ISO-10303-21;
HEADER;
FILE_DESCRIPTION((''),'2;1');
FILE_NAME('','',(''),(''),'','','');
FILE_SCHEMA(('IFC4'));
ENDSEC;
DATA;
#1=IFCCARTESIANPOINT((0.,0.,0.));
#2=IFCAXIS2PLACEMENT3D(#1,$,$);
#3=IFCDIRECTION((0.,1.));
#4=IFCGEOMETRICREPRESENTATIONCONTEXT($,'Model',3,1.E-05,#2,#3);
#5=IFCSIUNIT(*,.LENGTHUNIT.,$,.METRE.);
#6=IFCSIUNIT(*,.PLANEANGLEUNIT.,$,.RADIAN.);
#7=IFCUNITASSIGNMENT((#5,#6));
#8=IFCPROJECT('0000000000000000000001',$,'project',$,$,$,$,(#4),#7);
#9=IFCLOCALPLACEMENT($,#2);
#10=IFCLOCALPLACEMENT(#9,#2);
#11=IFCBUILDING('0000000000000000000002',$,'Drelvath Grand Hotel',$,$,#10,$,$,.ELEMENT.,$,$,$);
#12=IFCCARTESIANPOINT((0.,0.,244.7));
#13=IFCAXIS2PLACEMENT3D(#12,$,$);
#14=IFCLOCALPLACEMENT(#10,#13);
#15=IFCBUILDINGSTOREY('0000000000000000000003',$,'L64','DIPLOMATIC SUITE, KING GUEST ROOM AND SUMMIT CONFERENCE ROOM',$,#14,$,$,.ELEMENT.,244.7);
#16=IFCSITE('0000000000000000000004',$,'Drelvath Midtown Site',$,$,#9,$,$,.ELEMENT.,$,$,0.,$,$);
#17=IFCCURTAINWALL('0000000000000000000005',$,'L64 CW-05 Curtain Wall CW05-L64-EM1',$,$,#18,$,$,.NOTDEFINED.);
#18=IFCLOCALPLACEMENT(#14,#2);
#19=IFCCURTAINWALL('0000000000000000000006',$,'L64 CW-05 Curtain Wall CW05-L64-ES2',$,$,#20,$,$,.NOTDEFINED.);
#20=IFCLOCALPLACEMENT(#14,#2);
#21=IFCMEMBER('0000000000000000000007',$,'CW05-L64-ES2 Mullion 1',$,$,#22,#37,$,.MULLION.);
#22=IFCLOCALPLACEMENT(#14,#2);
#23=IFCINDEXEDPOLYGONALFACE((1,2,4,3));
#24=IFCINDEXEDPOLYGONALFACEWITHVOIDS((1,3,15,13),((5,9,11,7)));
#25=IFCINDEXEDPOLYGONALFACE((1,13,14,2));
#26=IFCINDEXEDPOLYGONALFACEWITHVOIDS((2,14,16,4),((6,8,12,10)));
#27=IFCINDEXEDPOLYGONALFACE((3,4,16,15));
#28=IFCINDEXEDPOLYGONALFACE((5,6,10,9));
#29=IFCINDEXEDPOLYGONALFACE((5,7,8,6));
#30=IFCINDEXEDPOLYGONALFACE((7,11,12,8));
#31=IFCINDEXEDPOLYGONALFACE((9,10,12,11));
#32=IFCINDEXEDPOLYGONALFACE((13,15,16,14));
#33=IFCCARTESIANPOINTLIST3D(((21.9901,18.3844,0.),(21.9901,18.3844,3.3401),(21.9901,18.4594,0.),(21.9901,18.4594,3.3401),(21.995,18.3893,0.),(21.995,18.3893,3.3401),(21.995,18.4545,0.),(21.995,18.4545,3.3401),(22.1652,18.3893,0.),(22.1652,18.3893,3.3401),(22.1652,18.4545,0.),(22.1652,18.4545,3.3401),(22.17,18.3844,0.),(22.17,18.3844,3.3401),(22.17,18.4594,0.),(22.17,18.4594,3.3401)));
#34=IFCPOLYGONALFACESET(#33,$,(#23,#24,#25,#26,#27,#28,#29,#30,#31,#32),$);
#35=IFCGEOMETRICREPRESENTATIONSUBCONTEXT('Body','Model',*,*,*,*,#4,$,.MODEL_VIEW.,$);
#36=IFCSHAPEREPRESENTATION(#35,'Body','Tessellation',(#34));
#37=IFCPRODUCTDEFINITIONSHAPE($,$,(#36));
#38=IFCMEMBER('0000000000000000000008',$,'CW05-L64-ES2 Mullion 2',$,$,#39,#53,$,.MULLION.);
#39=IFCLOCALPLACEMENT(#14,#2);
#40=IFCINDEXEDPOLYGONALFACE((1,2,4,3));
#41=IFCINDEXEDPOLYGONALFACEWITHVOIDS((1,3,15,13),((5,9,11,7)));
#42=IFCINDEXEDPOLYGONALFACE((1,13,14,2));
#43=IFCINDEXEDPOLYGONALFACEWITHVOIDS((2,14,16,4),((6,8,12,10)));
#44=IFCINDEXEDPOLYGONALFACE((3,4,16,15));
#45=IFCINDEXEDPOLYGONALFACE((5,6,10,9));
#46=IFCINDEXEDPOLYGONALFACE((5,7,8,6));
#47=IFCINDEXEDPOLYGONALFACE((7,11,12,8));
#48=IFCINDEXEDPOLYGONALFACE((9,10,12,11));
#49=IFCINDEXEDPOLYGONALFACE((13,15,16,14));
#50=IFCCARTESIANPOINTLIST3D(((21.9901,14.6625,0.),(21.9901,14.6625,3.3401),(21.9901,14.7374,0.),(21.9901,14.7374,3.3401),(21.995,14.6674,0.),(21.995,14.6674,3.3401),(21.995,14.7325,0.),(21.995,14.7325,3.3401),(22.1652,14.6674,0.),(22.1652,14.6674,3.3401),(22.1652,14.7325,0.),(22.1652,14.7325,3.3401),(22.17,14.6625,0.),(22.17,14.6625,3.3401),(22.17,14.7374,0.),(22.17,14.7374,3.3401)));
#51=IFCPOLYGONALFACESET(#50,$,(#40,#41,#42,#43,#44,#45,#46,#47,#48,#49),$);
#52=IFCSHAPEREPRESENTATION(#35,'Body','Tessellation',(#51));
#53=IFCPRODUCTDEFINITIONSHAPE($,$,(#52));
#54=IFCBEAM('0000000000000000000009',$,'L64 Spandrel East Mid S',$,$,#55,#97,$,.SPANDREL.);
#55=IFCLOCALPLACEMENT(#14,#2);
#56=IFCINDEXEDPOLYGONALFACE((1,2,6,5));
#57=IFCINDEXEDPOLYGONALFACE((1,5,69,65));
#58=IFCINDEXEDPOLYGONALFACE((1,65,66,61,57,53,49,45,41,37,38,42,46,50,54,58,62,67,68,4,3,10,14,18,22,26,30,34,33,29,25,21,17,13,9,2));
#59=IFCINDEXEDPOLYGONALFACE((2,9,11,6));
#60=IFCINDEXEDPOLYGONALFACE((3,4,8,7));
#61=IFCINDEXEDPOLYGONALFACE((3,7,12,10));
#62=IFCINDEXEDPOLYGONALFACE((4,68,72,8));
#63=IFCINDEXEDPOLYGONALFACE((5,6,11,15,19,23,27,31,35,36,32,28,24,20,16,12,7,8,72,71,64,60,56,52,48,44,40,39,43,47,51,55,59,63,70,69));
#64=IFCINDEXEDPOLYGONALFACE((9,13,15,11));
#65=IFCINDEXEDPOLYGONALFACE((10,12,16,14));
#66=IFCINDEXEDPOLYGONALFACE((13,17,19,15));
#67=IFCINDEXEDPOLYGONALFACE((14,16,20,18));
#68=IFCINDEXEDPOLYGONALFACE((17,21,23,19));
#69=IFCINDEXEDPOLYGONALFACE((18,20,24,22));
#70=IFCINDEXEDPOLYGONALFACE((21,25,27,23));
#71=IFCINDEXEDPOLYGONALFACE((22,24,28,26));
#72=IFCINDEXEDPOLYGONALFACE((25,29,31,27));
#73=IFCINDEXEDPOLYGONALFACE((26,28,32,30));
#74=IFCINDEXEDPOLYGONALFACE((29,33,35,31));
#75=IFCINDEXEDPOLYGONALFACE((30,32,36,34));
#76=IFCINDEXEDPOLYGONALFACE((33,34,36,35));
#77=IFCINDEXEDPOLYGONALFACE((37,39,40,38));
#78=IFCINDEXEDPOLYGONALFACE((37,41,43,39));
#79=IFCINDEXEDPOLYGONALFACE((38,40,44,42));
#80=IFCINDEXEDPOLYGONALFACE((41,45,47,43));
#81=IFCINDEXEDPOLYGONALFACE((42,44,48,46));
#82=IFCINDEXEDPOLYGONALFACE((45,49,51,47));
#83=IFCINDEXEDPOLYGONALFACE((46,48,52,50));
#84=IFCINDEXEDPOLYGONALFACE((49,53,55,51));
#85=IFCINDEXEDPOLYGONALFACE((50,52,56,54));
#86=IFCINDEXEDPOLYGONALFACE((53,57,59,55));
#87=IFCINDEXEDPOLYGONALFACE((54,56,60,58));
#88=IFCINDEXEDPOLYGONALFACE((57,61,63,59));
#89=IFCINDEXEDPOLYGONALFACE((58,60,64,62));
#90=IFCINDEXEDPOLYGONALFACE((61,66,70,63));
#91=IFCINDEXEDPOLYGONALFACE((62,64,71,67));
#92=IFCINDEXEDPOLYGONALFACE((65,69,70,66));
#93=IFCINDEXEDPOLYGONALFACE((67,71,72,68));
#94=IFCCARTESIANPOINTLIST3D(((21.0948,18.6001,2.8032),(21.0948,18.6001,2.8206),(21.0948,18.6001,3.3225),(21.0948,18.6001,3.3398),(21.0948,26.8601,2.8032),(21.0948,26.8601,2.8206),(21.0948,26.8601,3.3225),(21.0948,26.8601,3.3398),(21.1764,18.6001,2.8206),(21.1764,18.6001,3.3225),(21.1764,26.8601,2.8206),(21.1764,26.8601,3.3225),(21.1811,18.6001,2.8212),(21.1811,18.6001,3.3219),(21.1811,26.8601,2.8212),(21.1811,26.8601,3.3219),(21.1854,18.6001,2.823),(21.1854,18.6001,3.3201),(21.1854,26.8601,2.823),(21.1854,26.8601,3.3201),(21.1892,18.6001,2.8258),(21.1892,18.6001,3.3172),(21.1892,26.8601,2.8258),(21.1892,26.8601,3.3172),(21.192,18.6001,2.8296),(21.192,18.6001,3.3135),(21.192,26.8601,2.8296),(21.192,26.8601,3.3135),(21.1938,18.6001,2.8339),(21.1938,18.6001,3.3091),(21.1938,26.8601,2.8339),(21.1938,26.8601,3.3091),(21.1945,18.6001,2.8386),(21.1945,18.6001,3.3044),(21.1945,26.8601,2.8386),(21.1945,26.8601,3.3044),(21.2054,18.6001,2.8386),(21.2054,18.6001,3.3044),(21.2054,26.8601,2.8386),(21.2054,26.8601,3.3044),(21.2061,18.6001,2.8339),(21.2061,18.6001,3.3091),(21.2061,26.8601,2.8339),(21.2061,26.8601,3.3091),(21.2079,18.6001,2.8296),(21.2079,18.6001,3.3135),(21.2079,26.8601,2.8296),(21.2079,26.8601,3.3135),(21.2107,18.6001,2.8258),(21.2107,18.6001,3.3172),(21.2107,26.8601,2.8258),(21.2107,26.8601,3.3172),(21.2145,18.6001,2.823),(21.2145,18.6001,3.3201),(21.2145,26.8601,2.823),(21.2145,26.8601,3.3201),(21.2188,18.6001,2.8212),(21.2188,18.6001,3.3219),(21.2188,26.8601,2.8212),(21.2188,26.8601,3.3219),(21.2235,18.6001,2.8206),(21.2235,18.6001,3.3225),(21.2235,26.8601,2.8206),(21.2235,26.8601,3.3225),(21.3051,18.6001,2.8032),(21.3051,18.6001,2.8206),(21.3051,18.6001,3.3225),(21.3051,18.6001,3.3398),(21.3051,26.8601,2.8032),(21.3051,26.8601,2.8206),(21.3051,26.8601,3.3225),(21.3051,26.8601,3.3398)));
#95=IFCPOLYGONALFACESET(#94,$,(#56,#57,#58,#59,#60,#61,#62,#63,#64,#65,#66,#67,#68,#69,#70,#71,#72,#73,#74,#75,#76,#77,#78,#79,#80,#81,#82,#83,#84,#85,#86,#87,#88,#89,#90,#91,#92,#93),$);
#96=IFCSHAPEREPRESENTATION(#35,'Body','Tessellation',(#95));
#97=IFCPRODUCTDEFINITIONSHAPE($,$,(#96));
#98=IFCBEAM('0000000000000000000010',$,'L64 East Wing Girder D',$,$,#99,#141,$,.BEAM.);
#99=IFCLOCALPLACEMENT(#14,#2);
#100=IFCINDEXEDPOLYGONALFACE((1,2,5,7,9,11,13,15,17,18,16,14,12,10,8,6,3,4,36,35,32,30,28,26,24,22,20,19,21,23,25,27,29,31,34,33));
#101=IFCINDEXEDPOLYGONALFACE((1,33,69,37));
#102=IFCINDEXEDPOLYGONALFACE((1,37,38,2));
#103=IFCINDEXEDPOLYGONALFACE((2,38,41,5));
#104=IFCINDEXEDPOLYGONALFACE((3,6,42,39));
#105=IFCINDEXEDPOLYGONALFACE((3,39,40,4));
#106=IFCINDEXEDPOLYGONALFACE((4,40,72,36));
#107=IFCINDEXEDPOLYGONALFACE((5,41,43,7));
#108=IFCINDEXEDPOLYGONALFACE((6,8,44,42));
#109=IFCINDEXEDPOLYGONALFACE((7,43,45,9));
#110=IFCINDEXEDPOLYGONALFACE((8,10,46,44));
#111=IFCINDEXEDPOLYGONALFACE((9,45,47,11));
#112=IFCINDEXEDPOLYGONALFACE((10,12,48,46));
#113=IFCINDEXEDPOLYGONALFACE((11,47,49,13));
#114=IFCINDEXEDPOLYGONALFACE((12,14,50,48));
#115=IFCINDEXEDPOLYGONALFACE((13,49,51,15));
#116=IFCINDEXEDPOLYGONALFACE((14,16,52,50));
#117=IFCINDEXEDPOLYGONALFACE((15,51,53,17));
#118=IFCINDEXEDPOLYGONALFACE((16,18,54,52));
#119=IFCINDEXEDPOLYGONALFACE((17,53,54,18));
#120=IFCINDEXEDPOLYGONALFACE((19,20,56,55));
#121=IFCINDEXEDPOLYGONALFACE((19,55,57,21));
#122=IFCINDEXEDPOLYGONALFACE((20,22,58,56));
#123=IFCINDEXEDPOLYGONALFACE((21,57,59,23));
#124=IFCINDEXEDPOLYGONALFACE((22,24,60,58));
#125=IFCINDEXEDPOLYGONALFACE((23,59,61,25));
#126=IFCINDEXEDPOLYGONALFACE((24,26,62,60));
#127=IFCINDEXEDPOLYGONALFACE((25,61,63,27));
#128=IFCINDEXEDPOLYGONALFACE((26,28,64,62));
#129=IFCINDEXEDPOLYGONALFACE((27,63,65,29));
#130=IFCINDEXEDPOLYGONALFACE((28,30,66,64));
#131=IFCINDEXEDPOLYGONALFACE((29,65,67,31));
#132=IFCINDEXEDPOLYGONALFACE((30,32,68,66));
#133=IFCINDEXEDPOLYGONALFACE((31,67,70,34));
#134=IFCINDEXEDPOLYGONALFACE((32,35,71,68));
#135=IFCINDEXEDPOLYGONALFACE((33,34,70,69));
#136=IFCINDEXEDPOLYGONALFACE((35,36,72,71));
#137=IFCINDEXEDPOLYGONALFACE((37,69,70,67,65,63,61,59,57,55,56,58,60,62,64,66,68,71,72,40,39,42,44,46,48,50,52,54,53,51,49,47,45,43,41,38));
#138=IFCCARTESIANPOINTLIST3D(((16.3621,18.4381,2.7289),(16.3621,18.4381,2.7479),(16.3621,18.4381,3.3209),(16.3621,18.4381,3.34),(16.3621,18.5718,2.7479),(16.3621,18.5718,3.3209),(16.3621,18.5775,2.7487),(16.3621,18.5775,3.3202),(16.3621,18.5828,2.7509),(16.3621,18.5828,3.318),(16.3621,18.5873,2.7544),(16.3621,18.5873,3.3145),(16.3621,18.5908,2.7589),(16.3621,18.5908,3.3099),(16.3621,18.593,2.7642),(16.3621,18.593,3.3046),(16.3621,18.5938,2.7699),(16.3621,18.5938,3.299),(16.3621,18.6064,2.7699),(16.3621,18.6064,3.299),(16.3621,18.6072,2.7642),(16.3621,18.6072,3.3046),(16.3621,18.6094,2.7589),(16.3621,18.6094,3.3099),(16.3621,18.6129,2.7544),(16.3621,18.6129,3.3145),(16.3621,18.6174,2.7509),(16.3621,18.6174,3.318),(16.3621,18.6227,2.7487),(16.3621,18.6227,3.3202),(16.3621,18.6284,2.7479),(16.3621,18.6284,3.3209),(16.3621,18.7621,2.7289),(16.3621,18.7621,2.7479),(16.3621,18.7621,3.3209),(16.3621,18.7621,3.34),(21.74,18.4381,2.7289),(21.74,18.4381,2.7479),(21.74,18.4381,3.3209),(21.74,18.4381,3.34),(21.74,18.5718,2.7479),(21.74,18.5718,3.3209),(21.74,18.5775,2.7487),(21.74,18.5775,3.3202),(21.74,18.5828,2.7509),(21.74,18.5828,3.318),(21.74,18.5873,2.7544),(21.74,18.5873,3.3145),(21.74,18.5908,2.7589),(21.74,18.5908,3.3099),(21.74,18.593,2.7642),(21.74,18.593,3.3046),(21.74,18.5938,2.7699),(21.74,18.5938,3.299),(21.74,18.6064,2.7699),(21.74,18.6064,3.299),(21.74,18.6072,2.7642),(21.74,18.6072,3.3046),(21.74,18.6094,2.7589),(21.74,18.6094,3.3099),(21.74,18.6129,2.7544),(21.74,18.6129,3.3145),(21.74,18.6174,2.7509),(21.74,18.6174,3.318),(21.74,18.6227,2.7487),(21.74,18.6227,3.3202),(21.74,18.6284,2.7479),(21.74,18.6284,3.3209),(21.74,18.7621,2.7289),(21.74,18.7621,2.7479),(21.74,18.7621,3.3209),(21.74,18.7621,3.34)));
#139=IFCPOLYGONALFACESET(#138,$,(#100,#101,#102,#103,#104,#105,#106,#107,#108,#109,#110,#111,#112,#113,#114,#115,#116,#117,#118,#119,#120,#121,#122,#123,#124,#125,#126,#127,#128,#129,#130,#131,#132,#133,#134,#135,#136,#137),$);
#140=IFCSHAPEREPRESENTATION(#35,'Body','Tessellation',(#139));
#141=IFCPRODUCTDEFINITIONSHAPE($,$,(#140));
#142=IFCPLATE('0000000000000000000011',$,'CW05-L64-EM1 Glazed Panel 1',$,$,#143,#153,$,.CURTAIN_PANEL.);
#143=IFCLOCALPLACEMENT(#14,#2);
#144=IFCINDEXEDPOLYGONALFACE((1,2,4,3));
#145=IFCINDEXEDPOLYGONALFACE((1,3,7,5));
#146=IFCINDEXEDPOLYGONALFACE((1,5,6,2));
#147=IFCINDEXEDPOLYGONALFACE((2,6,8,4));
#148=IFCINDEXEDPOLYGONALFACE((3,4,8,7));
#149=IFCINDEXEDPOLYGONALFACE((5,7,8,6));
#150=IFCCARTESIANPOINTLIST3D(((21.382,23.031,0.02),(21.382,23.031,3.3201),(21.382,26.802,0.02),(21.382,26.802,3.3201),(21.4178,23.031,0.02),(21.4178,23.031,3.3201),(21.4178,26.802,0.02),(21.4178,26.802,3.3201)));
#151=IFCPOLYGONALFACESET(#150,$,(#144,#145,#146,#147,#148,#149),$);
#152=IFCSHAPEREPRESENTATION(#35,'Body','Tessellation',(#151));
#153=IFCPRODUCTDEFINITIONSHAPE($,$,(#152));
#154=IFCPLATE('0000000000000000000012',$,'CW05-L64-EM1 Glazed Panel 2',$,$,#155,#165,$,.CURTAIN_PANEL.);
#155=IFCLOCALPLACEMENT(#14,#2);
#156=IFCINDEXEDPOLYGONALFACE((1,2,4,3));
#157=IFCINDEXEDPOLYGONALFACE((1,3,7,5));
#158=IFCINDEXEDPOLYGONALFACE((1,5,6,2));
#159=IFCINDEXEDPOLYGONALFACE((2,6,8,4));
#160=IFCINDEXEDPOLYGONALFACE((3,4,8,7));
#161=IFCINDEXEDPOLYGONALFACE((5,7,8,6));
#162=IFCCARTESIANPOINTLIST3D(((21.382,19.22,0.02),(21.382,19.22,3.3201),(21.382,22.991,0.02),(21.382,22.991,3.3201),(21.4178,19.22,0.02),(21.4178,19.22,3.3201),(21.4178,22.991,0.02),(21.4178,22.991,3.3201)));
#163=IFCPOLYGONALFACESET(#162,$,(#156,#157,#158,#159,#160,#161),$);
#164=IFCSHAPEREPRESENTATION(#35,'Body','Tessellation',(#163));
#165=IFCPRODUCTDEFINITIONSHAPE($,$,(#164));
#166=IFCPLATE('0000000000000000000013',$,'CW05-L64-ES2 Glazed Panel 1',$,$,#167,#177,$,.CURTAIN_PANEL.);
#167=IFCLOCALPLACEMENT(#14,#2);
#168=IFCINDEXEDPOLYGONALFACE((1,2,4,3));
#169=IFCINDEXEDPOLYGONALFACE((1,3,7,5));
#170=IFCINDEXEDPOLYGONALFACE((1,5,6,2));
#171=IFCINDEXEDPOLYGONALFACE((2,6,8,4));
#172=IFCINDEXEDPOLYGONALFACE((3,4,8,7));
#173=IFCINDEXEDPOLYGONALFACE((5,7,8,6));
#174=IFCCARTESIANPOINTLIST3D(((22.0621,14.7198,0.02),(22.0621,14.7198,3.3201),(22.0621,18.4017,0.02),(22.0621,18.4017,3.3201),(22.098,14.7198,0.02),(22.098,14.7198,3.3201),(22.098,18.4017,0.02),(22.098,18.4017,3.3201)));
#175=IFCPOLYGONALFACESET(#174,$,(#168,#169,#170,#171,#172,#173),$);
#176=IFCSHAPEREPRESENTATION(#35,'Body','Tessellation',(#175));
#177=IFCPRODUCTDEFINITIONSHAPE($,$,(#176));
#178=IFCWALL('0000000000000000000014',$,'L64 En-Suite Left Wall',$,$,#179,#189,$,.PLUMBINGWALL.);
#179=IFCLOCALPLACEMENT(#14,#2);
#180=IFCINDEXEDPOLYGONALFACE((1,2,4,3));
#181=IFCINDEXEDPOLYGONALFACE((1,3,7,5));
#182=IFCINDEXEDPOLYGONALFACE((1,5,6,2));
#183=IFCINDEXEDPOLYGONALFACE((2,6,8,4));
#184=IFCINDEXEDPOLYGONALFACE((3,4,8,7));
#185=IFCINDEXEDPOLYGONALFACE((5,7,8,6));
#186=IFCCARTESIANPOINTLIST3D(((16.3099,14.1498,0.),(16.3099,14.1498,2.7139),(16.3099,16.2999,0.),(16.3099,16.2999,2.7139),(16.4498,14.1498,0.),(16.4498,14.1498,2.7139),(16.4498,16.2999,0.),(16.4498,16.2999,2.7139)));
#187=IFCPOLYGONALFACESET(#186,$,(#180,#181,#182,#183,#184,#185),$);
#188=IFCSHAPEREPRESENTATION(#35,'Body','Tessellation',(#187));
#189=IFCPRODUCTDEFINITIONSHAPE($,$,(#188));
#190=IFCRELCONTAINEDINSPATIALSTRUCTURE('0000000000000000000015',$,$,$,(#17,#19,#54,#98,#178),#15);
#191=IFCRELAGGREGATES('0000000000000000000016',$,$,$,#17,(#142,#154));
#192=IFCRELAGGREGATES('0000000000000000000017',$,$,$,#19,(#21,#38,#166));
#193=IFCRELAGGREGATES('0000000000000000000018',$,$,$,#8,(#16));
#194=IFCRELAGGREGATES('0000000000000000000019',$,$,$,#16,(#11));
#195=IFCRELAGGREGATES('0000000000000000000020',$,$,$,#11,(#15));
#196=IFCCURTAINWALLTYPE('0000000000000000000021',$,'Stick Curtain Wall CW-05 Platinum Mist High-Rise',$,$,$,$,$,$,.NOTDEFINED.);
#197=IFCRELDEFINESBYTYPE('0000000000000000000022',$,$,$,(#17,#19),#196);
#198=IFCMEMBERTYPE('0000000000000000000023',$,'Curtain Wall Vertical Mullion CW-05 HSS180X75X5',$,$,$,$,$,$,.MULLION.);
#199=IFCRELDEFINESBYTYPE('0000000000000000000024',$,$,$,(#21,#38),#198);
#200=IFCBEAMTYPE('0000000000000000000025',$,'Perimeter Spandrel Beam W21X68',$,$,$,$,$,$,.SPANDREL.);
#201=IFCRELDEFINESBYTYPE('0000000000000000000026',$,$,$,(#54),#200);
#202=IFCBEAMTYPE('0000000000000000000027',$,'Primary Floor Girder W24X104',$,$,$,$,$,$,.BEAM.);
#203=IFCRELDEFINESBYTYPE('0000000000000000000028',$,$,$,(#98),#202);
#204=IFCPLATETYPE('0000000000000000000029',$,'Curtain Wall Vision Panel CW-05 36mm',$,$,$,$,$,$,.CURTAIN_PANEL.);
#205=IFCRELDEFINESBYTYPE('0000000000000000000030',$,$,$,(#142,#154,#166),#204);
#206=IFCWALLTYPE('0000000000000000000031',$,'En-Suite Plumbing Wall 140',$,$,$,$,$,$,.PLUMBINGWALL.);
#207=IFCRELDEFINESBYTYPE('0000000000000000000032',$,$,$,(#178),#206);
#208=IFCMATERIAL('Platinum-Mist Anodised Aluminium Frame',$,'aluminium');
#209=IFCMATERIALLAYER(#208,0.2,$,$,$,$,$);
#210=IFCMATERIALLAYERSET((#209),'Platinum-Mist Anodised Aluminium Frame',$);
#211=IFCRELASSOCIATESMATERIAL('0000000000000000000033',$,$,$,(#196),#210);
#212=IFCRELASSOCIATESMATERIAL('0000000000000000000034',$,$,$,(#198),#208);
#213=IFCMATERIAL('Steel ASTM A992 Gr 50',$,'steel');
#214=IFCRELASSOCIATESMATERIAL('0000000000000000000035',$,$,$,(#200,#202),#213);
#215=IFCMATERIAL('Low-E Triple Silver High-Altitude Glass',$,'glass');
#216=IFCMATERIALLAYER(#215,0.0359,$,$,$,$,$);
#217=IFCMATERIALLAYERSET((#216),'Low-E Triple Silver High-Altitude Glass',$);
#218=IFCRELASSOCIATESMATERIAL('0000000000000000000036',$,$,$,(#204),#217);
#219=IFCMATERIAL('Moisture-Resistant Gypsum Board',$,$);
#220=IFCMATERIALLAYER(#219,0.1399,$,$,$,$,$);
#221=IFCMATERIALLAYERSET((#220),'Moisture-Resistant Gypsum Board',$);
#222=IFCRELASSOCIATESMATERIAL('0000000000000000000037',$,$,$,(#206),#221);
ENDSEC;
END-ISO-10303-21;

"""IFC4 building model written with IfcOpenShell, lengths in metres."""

from ifc_helpers import new_model, si_unit, direction, frame, frame_2d, origin, origin_2d, place, context, subcontext, project, spatial, rectangle, hollow_rectangle, i_section, extrude, material, layer, layer_set, material_profile, profile_set, type_object, element, aggregate, save


model = new_model("IFC4")

# Units and contexts
model_context = context("Model", 3, precision=1e-05, world=origin(), true_north=direction((0.0, 1.0)))
body_context = subcontext(model_context, "Body", "Model", "MODEL_VIEW")
ifc_project = project(units=[si_unit("LENGTHUNIT", "METRE"), si_unit("PLANEANGLEUNIT", "RADIAN")], contexts=[model_context])

# Site, building, storey
site_placement = place(None, origin())
site = spatial("IfcSite", under=ifc_project, at=site_placement, Name="Drelvath Midtown Site", CompositionType="ELEMENT", RefElevation=0.0)
building_placement = place(site_placement, origin())
building = spatial("IfcBuilding", under=site, at=building_placement, Name="Drelvath Grand Hotel", CompositionType="ELEMENT")
storey_placement = place(building_placement, frame((0.0, 0.0, 244.7)))
storey = spatial("IfcBuildingStorey", under=building, at=storey_placement, Name="L64", Description="DIPLOMATIC SUITE, KING GUEST ROOM AND SUMMIT CONFERENCE ROOM", CompositionType="ELEMENT", Elevation=244.7)

# Curtain walls
ifc_material_1 = material(Name="Platinum-Mist Anodised Aluminium Frame", Category="aluminium")
ifc_layer_1 = layer(ifc_material_1, 0.2)
ifc_layer_set_1 = layer_set([ifc_layer_1], Name="Platinum-Mist Anodised Aluminium Frame")
curtain_wall_type = type_object("IfcCurtainWallType", Name="Stick Curtain Wall CW-05 Platinum Mist High-Rise", PredefinedType="NOTDEFINED", material=ifc_layer_set_1)
curtain_wall_1_placement = place(storey_placement, origin())
curtain_wall_1 = element("IfcCurtainWall", 1, at=curtain_wall_1_placement, inside=storey, type_object=curtain_wall_type, Name="L64 CW-05 Curtain Wall CW05-L64-EM1", PredefinedType="NOTDEFINED")
curtain_wall_2_placement = place(storey_placement, origin())
curtain_wall_2 = element("IfcCurtainWall", 2, at=curtain_wall_2_placement, inside=storey, type_object=curtain_wall_type, Name="L64 CW-05 Curtain Wall CW05-L64-ES2", PredefinedType="NOTDEFINED")

# Members
ifc_material_profile_1 = material_profile(ifc_material_1, hollow_rectangle(XDim=0.075, YDim=0.1799, WallThickness=0.0049, at=origin_2d()), Name="HSS180X75X5")
ifc_profile_set_1 = profile_set([ifc_material_profile_1], Name="Platinum-Mist Anodised Aluminium Frame")
member_type_1 = type_object("IfcMemberType", Name="Curtain Wall Vertical Mullion CW-05 HSS180X75X5", PredefinedType="MULLION", material=ifc_profile_set_1)
member_1_placement = place(storey_placement, frame((22.0801, 18.4219, 0.0), z_axis=(0.0, 0.0, 1.0), x_axis=(0.0, 1.0, 0.0)))
member_1 = element("IfcMember", 3, at=member_1_placement, type_object=member_type_1, Name="CW05-L64-ES2 Mullion 1", PredefinedType="MULLION", context=body_context, shape_type="SweptSolid", body=[
    extrude(hollow_rectangle(XDim=0.075, YDim=0.1799, WallThickness=0.0049, at=origin_2d()), origin(), (0.0, 0.0, 1.0), 3.3401),
])
member_2_placement = place(storey_placement, frame((22.0801, 14.7, 0.0), z_axis=(0.0, 0.0, 1.0), x_axis=(0.0, 1.0, 0.0)))
member_2 = element("IfcMember", 4, at=member_2_placement, type_object=member_type_1, Name="CW05-L64-ES2 Mullion 2", PredefinedType="MULLION", context=body_context, shape_type="SweptSolid", body=[
    extrude(hollow_rectangle(XDim=0.075, YDim=0.1799, WallThickness=0.0049, at=origin_2d()), origin(), (0.0, 0.0, 1.0), 3.3401),
])

# Beams
ifc_material_2 = material(Name="Steel ASTM A992 Gr 50", Category="steel")
ifc_material_profile_2 = material_profile(ifc_material_2, i_section(OverallWidth=0.2102, OverallDepth=0.5366, WebThickness=0.011, FlangeThickness=0.0173, FilletRadius=0.0181, at=origin_2d()), Name="W21X68")
ifc_profile_set_2 = profile_set([ifc_material_profile_2], Name="Steel ASTM A992 Gr 50")
beam_type_1 = type_object("IfcBeamType", Name="Perimeter Spandrel Beam W21X68", PredefinedType="SPANDREL", material=ifc_profile_set_2)
beam_1_placement = place(storey_placement, frame((21.2, 18.6001, 3.0715), z_axis=(0.0, 1.0, 0.0), x_axis=(-1.0, 0.0, 0.0)))
element("IfcBeam", 5, at=beam_1_placement, inside=storey, type_object=beam_type_1, Name="L64 Spandrel East Mid S", PredefinedType="SPANDREL", context=body_context, shape_type="SweptSolid", body=[
    extrude(i_section(OverallWidth=0.2102, OverallDepth=0.5366, WebThickness=0.011, FlangeThickness=0.0173, FilletRadius=0.0181, at=origin_2d()), origin(), (0.0, 0.0, 1.0), 8.26),
])
ifc_material_profile_3 = material_profile(ifc_material_2, i_section(OverallWidth=0.324, OverallDepth=0.6111, WebThickness=0.0127, FlangeThickness=0.019, FilletRadius=0.022, at=origin_2d()), Name="W24X104")
ifc_profile_set_3 = profile_set([ifc_material_profile_3], Name="Steel ASTM A992 Gr 50")
beam_type_2 = type_object("IfcBeamType", Name="Primary Floor Girder W24X104", PredefinedType="BEAM", material=ifc_profile_set_3)
beam_2_placement = place(storey_placement, frame((16.3621, 18.6001, 3.0344), z_axis=(1.0, 0.0, 0.0), x_axis=(0.0, 1.0, 0.0)))
element("IfcBeam", 6, at=beam_2_placement, inside=storey, type_object=beam_type_2, Name="L64 East Wing Girder D", PredefinedType="BEAM", context=body_context, shape_type="SweptSolid", body=[
    extrude(i_section(OverallWidth=0.324, OverallDepth=0.6111, WebThickness=0.0127, FlangeThickness=0.019, FilletRadius=0.022, at=origin_2d()), origin(), (0.0, 0.0, 1.0), 5.3779),
])

# Plates
ifc_material_3 = material(Name="Low-E Triple Silver High-Altitude Glass", Category="glass")
ifc_layer_2 = layer(ifc_material_3, 0.0359)
ifc_layer_set_2 = layer_set([ifc_layer_2], Name="Low-E Triple Silver High-Altitude Glass")
plate_type = type_object("IfcPlateType", Name="Curtain Wall Vision Panel CW-05 36mm", PredefinedType="CURTAIN_PANEL", material=ifc_layer_set_2)
plate_1_placement = place(storey_placement, frame((21.3999, 24.9165, 0.02), z_axis=(0.0, 0.0, 1.0), x_axis=(0.0, -1.0, 0.0)))
plate_1 = element("IfcPlate", 7, at=plate_1_placement, type_object=plate_type, Name="CW05-L64-EM1 Glazed Panel 1", PredefinedType="CURTAIN_PANEL", context=body_context, shape_type="SweptSolid", body=[
    extrude(rectangle(XDim=3.771, YDim=0.0359, at=origin_2d()), origin(), (0.0, 0.0, 1.0), 3.3),
])
plate_2_placement = place(storey_placement, frame((21.3999, 21.1055, 0.02), z_axis=(0.0, 0.0, 1.0), x_axis=(0.0, -1.0, 0.0)))
plate_2 = element("IfcPlate", 8, at=plate_2_placement, type_object=plate_type, Name="CW05-L64-EM1 Glazed Panel 2", PredefinedType="CURTAIN_PANEL", context=body_context, shape_type="SweptSolid", body=[
    extrude(rectangle(XDim=3.771, YDim=0.0359, at=origin_2d()), origin(), (0.0, 0.0, 1.0), 3.3),
])
aggregate(curtain_wall_1, [plate_1, plate_2])
plate_3_placement = place(storey_placement, frame((22.0801, 16.5608, 0.02), z_axis=(0.0, 0.0, 1.0), x_axis=(0.0, -1.0, 0.0)))
plate_3 = element("IfcPlate", 9, at=plate_3_placement, type_object=plate_type, Name="CW05-L64-ES2 Glazed Panel 1", PredefinedType="CURTAIN_PANEL", context=body_context, shape_type="SweptSolid", body=[
    extrude(rectangle(XDim=3.6819, YDim=0.0359, at=origin_2d()), origin(), (0.0, 0.0, 1.0), 3.3),
])
aggregate(curtain_wall_2, [member_1, member_2, plate_3])

# Wall
ifc_material_4 = material(Name="Moisture-Resistant Gypsum Board")
ifc_layer_3 = layer(ifc_material_4, 0.1399)
ifc_layer_set_3 = layer_set([ifc_layer_3], Name="Moisture-Resistant Gypsum Board")
wall_type_1 = type_object("IfcWallType", Name="En-Suite Plumbing Wall 140", PredefinedType="PLUMBINGWALL", material=ifc_layer_set_3)
wall_1_placement = place(storey_placement, frame((16.3799, 16.3, 0.0), z_axis=(0.0, 0.0, 1.0), x_axis=(0.0, -1.0, 0.0)))
element("IfcWall", 10, at=wall_1_placement, inside=storey, type_object=wall_type_1, Name="L64 En-Suite Left Wall", PredefinedType="PLUMBINGWALL", context=body_context, shape_type="SweptSolid", body=[
    extrude(rectangle(XDim=2.1501, YDim=0.1399, at=frame_2d((1.0752, 0.0))), origin(), (0.0, 0.0, 1.0), 2.7139),
])

save(model, "model.ifc")
